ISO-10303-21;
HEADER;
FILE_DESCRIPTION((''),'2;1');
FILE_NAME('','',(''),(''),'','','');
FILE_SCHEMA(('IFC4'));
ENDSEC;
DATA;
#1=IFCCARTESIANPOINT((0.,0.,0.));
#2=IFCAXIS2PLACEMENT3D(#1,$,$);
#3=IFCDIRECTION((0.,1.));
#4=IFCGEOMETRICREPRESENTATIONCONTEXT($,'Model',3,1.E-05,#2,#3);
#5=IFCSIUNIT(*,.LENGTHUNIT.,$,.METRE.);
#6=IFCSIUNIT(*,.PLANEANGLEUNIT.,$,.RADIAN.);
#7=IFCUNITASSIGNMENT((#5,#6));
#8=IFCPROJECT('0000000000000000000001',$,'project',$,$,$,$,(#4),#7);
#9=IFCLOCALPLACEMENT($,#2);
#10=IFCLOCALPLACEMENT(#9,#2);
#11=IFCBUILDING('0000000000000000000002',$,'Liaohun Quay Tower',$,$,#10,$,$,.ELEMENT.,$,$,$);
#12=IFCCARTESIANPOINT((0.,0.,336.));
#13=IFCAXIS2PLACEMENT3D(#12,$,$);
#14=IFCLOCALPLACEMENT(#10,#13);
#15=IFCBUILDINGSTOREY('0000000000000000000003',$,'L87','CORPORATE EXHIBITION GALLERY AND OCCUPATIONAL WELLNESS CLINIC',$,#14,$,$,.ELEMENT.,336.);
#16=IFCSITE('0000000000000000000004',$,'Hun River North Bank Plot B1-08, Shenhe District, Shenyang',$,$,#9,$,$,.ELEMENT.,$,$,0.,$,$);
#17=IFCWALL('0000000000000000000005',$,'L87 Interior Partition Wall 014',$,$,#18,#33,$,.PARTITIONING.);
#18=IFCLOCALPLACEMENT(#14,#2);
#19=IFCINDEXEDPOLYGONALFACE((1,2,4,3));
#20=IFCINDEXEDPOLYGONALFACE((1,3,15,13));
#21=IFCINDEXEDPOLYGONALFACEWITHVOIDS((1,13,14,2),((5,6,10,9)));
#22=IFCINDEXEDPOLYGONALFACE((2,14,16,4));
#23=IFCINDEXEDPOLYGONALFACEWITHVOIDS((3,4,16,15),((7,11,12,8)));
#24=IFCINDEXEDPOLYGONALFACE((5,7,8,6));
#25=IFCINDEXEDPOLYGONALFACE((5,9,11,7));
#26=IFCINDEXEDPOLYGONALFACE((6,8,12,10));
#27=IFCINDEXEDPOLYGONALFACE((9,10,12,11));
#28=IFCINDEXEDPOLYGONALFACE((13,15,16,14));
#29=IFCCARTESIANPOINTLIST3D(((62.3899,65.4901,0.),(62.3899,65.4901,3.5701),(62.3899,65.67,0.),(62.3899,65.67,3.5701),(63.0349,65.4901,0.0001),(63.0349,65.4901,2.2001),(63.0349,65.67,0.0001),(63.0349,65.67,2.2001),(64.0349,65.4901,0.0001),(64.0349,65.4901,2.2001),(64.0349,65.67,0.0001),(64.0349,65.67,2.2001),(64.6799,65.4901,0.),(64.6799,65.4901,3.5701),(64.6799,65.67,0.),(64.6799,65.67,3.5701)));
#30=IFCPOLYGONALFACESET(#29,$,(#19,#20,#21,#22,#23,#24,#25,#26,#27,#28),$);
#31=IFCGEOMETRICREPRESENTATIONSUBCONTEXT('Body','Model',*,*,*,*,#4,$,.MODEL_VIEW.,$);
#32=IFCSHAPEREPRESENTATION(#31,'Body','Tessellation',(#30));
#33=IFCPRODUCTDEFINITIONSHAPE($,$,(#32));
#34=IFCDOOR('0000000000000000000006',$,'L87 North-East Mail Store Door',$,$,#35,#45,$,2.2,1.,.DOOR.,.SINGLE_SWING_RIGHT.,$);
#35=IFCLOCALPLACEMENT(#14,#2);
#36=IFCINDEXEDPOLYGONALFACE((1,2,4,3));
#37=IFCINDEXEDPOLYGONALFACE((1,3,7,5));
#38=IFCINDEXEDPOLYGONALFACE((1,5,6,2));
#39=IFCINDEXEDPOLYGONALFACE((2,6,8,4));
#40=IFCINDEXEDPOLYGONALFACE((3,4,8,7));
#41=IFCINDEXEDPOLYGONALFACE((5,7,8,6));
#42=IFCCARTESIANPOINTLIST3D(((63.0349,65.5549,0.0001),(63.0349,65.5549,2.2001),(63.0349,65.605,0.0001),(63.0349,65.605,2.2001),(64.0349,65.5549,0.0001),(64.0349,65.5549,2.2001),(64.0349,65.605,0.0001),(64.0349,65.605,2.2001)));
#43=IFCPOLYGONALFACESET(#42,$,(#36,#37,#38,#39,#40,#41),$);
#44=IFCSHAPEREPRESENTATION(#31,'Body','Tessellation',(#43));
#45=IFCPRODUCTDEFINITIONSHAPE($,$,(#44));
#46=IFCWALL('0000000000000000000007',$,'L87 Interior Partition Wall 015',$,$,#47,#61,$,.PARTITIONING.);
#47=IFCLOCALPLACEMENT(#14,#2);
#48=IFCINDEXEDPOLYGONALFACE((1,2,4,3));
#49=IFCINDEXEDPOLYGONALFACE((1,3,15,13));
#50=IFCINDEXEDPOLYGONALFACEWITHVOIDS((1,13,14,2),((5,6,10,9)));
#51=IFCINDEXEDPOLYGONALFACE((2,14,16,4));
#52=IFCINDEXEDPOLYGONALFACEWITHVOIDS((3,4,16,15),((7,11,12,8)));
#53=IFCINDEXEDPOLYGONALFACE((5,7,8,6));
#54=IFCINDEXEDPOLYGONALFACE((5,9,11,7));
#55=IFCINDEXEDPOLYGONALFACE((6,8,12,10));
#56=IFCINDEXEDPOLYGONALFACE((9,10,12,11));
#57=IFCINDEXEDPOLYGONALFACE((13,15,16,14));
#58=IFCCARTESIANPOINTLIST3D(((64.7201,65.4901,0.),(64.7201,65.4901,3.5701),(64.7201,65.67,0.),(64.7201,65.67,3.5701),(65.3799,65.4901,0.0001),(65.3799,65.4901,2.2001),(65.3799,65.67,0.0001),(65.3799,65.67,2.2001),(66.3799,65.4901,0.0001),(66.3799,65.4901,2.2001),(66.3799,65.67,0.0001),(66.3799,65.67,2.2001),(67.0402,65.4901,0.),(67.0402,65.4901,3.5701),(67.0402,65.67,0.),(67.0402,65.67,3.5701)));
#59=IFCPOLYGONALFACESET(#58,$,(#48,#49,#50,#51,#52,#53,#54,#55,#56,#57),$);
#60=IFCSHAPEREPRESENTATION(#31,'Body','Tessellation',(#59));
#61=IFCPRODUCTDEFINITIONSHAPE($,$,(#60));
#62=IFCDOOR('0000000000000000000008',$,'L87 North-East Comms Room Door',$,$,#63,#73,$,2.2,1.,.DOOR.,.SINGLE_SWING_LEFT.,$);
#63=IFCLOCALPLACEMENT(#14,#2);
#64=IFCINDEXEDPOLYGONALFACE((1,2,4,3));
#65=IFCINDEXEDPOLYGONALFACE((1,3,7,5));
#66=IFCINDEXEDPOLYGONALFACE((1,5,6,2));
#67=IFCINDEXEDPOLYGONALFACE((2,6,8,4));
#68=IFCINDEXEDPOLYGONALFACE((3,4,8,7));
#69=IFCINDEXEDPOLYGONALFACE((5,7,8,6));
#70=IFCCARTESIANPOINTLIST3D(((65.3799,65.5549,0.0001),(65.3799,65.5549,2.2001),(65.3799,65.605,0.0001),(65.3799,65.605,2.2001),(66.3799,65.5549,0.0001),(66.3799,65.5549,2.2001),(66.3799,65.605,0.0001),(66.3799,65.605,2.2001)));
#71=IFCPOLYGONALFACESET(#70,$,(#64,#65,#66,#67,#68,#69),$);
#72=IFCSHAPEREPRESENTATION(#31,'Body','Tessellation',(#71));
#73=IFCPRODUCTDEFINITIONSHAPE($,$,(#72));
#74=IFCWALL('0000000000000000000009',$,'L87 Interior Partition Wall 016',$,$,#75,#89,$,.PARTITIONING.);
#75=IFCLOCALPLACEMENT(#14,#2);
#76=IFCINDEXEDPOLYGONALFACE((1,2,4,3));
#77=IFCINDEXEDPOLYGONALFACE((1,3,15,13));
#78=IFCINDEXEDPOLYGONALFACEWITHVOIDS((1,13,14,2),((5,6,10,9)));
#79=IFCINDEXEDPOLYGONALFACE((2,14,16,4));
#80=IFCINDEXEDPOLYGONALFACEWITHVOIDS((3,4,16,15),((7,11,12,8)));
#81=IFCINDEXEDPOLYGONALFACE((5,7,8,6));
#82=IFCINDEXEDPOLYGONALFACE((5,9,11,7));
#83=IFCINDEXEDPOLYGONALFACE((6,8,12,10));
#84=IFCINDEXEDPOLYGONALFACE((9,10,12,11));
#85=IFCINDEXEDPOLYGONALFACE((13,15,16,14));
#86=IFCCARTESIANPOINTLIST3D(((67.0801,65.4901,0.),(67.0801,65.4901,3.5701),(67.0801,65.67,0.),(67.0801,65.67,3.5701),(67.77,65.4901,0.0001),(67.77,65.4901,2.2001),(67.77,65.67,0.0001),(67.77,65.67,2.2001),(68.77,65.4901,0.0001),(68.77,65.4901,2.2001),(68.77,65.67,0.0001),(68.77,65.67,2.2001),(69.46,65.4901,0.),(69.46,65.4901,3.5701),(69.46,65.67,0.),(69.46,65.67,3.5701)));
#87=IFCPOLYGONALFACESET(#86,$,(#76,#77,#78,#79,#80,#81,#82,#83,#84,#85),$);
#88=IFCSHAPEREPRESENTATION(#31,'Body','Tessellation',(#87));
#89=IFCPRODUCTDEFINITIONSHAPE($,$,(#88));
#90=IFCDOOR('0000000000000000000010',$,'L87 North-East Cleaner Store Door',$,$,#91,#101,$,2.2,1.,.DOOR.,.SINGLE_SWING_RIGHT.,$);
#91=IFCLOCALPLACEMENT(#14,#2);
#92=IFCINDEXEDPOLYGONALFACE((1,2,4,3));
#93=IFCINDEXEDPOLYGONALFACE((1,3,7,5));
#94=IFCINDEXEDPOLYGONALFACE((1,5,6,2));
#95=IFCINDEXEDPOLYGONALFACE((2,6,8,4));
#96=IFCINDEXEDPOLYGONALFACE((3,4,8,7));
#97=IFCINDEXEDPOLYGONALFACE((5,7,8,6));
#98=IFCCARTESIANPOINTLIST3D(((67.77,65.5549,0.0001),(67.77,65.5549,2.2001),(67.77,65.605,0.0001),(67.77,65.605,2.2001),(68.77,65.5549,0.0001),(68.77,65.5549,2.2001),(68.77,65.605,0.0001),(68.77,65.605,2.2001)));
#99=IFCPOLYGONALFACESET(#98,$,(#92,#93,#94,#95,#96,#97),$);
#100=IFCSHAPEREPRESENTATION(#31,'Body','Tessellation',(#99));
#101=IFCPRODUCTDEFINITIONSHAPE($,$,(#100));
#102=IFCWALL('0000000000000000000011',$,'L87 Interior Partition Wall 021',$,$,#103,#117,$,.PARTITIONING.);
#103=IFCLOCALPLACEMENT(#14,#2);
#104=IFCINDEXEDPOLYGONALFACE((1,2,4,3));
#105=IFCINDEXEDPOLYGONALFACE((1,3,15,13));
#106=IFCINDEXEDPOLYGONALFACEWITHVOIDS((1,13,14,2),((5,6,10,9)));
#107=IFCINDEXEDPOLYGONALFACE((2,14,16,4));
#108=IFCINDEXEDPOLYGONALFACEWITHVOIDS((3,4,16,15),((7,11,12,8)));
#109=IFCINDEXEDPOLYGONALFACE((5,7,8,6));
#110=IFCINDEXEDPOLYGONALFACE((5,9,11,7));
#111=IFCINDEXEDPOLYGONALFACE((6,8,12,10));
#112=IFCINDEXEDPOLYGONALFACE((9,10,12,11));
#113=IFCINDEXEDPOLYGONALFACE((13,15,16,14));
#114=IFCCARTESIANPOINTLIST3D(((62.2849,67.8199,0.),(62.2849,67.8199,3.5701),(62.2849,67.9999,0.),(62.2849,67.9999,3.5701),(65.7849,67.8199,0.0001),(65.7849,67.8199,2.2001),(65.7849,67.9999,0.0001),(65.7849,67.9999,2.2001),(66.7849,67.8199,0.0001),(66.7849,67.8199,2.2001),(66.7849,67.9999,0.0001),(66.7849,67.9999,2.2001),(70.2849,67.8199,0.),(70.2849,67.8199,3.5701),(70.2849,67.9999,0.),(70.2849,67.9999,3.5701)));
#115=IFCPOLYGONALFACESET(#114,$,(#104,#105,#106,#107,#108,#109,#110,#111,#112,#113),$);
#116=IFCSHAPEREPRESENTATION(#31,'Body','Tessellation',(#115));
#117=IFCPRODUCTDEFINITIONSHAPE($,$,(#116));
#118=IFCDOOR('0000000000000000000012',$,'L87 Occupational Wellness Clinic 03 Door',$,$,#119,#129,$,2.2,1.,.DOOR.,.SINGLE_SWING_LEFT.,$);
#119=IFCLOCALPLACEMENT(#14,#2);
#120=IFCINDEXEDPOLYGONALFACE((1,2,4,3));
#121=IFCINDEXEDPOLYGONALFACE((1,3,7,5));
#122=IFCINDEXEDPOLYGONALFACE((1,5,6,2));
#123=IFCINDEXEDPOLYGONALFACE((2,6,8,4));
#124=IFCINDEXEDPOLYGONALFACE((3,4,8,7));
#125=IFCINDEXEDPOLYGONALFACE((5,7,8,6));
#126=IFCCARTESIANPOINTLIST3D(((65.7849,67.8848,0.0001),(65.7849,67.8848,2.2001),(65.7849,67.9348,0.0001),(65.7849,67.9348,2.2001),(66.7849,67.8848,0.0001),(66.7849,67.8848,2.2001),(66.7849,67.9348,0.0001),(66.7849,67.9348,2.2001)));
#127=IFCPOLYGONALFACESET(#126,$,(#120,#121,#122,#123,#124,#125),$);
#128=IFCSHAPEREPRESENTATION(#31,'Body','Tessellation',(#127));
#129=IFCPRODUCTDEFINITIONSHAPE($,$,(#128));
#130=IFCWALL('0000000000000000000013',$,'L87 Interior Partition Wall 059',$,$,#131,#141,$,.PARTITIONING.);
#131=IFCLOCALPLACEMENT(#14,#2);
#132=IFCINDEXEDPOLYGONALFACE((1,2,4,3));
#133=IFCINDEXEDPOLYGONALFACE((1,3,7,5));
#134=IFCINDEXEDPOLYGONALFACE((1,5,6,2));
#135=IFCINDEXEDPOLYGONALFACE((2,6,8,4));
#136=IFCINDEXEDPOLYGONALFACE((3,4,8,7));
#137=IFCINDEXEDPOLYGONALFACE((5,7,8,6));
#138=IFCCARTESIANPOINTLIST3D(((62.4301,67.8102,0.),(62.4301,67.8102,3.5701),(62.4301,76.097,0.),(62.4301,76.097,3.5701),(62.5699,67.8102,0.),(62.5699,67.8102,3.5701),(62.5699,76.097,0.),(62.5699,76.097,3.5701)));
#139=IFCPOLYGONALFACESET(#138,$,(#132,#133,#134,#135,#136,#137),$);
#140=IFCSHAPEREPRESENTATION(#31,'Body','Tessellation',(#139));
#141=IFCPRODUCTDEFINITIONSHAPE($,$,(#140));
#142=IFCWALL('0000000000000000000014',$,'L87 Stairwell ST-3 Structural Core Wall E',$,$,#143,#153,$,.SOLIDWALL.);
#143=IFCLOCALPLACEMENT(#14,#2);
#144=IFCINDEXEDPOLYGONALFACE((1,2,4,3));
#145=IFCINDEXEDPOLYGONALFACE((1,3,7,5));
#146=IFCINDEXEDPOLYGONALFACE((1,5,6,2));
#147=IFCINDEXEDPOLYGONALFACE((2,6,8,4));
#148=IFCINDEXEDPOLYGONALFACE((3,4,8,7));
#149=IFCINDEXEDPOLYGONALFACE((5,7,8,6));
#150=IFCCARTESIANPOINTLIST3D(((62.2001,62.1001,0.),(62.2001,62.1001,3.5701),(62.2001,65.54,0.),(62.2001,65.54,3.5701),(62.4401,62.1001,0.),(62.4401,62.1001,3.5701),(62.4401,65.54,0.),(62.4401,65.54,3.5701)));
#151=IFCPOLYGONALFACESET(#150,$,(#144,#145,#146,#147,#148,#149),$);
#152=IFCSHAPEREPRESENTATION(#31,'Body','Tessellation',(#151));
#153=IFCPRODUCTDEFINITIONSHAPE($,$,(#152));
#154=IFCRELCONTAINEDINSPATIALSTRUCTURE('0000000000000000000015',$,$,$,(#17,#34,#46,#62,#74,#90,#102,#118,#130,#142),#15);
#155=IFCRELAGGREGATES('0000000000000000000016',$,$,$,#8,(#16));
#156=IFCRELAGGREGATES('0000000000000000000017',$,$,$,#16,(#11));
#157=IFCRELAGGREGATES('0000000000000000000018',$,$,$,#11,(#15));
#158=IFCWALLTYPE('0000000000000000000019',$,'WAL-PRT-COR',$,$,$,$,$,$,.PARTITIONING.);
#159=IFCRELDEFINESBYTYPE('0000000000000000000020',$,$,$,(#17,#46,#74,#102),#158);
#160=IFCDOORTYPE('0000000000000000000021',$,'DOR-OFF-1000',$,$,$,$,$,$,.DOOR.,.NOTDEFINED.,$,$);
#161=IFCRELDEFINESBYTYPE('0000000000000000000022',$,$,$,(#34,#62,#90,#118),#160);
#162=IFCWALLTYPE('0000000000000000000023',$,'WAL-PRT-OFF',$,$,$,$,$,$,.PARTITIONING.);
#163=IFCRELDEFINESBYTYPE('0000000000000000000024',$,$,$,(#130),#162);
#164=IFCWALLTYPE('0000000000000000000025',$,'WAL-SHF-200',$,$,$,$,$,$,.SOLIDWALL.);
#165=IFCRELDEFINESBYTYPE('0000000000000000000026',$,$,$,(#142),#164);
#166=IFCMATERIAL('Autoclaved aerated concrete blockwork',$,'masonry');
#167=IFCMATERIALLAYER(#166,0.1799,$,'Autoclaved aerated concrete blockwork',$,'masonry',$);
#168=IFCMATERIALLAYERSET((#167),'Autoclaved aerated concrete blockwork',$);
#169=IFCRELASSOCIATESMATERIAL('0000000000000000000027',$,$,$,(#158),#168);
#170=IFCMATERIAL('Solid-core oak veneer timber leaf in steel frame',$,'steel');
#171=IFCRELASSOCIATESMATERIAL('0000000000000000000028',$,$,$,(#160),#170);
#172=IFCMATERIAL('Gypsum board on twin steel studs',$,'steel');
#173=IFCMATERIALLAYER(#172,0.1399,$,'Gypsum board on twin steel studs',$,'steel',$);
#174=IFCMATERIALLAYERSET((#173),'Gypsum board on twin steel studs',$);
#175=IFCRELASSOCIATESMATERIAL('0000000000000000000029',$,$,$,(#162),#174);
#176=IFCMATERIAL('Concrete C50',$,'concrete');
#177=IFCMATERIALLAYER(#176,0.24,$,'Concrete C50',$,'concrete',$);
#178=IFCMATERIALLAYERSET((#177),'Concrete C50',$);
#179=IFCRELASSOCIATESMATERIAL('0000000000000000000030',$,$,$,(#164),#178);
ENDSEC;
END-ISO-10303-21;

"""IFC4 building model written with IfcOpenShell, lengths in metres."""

from ifc_helpers import new_model, si_unit, direction, frame, frame_2d, origin, place, context, subcontext, project, spatial, rectangle, extrude, source, transform, mapped, material, layer, layer_set, type_object, element, fill, save


model = new_model("IFC4")

# Units and contexts
model_context = context("Model", 3, precision=1e-05, world=origin(), true_north=direction((0.0, 1.0)))
body_context = subcontext(model_context, "Body", "Model", "MODEL_VIEW")
ifc_project = project(units=[si_unit("LENGTHUNIT", "METRE"), si_unit("PLANEANGLEUNIT", "RADIAN")], contexts=[model_context])

# Site, building, storey
site_placement = place(None, origin())
site = spatial("IfcSite", under=ifc_project, at=site_placement, Name="Hun River North Bank Plot B1-08, Shenhe District, Shenyang", CompositionType="ELEMENT", RefElevation=0.0)
building_placement = place(site_placement, origin())
building = spatial("IfcBuilding", under=site, at=building_placement, Name="Liaohun Quay Tower", CompositionType="ELEMENT")
storey_placement = place(building_placement, frame((0.0, 0.0, 336.0)))
storey = spatial("IfcBuildingStorey", under=building, at=storey_placement, Name="L87", Description="CORPORATE EXHIBITION GALLERY AND OCCUPATIONAL WELLNESS CLINIC", CompositionType="ELEMENT", Elevation=336.0)

# Shared definitions
ifc_material_1 = material(Name="Concrete C50", Category="concrete")

# Walls, openings, doors
ifc_material_2 = material(Name="Autoclaved aerated concrete blockwork", Category="masonry")
ifc_layer_1 = layer(ifc_material_2, 0.1799, Name="Autoclaved aerated concrete blockwork", Category="masonry")
ifc_layer_set_1 = layer_set([ifc_layer_1], Name="Autoclaved aerated concrete blockwork")
wall_type_1 = type_object("IfcWallType", Name="WAL-PRT-COR", PredefinedType="PARTITIONING", material=ifc_layer_set_1)
wall_1_placement = place(storey_placement, frame((62.3899, 65.5801, 0.0), z_axis=(0.0, 0.0, 1.0), x_axis=(1.0, 0.0, 0.0)))
wall_1 = element("IfcWall", 1, at=wall_1_placement, inside=storey, type_object=wall_type_1, Name="L87 Interior Partition Wall 014", PredefinedType="PARTITIONING", context=body_context, shape_type="SweptSolid", body=[
    extrude(rectangle(XDim=2.29, YDim=0.1799, at=frame_2d((1.145, 0.0))), origin(), (0.0, 0.0, 1.0), 3.5701),
])
shared_shape_1 = source(origin(), body_context, "Body", "SweptSolid", [
    extrude(rectangle(XDim=1.0, YDim=2.2, at=frame_2d((0.5, 1.1001))), frame((0.0, 0.0999, 0.0), z_axis=(0.0, -1.0, 0.0), x_axis=(1.0, 0.0, 0.0)), (0.0, 0.0, 1.0), 0.2),
])
opening_1_placement = place(wall_1_placement, frame((0.645, 0.0, 0.0)))
opening_1 = element("IfcOpeningElement", 2, at=opening_1_placement, cuts=wall_1, PredefinedType="OPENING", context=body_context, shape_type="MappedRepresentation", body=[
    mapped(shared_shape_1, transform((0.0, 0.0, 0.0), x_axis=(1.0, 0.0, 0.0), y_axis=(0.0, 1.0, 0.0), z_axis=(0.0, 0.0, 1.0), scale=1.0)),
])
ifc_material_3 = material(Name="Solid-core oak veneer timber leaf in steel frame", Category="steel")
door_type_1 = type_object("IfcDoorType", Name="DOR-OFF-1000", OperationType="NOTDEFINED", PredefinedType="DOOR", material=ifc_material_3)
shared_shape_2 = source(origin(), body_context, "Body", "SweptSolid", [
    extrude(rectangle(XDim=1.0, YDim=2.2, at=frame_2d((0.5, 1.1001))), frame((0.0, 0.0249, 0.0), z_axis=(0.0, -1.0, 0.0), x_axis=(1.0, 0.0, 0.0)), (0.0, 0.0, 1.0), 0.05),
])
door_1_placement = place(opening_1_placement, origin())
door_1 = element("IfcDoor", 3, at=door_1_placement, inside=storey, type_object=door_type_1, Name="L87 North-East Mail Store Door", OperationType="SINGLE_SWING_RIGHT", OverallHeight=2.2, OverallWidth=1.0, PredefinedType="DOOR", context=body_context, shape_type="MappedRepresentation", body=[
    mapped(shared_shape_2, transform((0.0, 0.0, 0.0), x_axis=(1.0, 0.0, 0.0), y_axis=(0.0, 1.0, 0.0), z_axis=(0.0, 0.0, 1.0), scale=1.0)),
])
fill(opening_1, door_1)
wall_2_placement = place(storey_placement, frame((64.72, 65.5801, 0.0), z_axis=(0.0, 0.0, 1.0), x_axis=(1.0, 0.0, 0.0)))
wall_2 = element("IfcWall", 4, at=wall_2_placement, inside=storey, type_object=wall_type_1, Name="L87 Interior Partition Wall 015", PredefinedType="PARTITIONING", context=body_context, shape_type="SweptSolid", body=[
    extrude(rectangle(XDim=2.3201, YDim=0.1799, at=frame_2d((1.1602, 0.0))), origin(), (0.0, 0.0, 1.0), 3.5701),
])
opening_2_placement = place(wall_2_placement, frame((0.6599, 0.0, 0.0)))
opening_2 = element("IfcOpeningElement", 5, at=opening_2_placement, cuts=wall_2, PredefinedType="OPENING", context=body_context, shape_type="MappedRepresentation", body=[
    mapped(shared_shape_1, transform((0.0, 0.0, 0.0), x_axis=(1.0, 0.0, 0.0), y_axis=(0.0, 1.0, 0.0), z_axis=(0.0, 0.0, 1.0), scale=1.0)),
])
door_2_placement = place(opening_2_placement, origin())
door_2 = element("IfcDoor", 6, at=door_2_placement, inside=storey, type_object=door_type_1, Name="L87 North-East Comms Room Door", OperationType="SINGLE_SWING_LEFT", OverallHeight=2.2, OverallWidth=1.0, PredefinedType="DOOR", context=body_context, shape_type="MappedRepresentation", body=[
    mapped(shared_shape_2, transform((0.0, 0.0, 0.0), x_axis=(1.0, 0.0, 0.0), y_axis=(0.0, 1.0, 0.0), z_axis=(0.0, 0.0, 1.0), scale=1.0)),
])
fill(opening_2, door_2)
wall_3_placement = place(storey_placement, frame((67.0801, 65.5801, 0.0), z_axis=(0.0, 0.0, 1.0), x_axis=(1.0, 0.0, 0.0)))
wall_3 = element("IfcWall", 7, at=wall_3_placement, inside=storey, type_object=wall_type_1, Name="L87 Interior Partition Wall 016", PredefinedType="PARTITIONING", context=body_context, shape_type="SweptSolid", body=[
    extrude(rectangle(XDim=2.3799, YDim=0.1799, at=frame_2d((1.1899, 0.0))), origin(), (0.0, 0.0, 1.0), 3.5701),
])
opening_3_placement = place(wall_3_placement, frame((0.6899, 0.0, 0.0)))
opening_3 = element("IfcOpeningElement", 8, at=opening_3_placement, cuts=wall_3, PredefinedType="OPENING", context=body_context, shape_type="MappedRepresentation", body=[
    mapped(shared_shape_1, transform((0.0, 0.0, 0.0), x_axis=(1.0, 0.0, 0.0), y_axis=(0.0, 1.0, 0.0), z_axis=(0.0, 0.0, 1.0), scale=1.0)),
])
door_3_placement = place(opening_3_placement, origin())
door_3 = element("IfcDoor", 9, at=door_3_placement, inside=storey, type_object=door_type_1, Name="L87 North-East Cleaner Store Door", OperationType="SINGLE_SWING_RIGHT", OverallHeight=2.2, OverallWidth=1.0, PredefinedType="DOOR", context=body_context, shape_type="MappedRepresentation", body=[
    mapped(shared_shape_2, transform((0.0, 0.0, 0.0), x_axis=(1.0, 0.0, 0.0), y_axis=(0.0, 1.0, 0.0), z_axis=(0.0, 0.0, 1.0), scale=1.0)),
])
fill(opening_3, door_3)
wall_4_placement = place(storey_placement, frame((62.2849, 67.9099, 0.0), z_axis=(0.0, 0.0, 1.0), x_axis=(1.0, 0.0, 0.0)))
wall_4 = element("IfcWall", 10, at=wall_4_placement, inside=storey, type_object=wall_type_1, Name="L87 Interior Partition Wall 021", PredefinedType="PARTITIONING", context=body_context, shape_type="SweptSolid", body=[
    extrude(rectangle(XDim=8.0, YDim=0.1799, at=frame_2d((4.0, 0.0))), origin(), (0.0, 0.0, 1.0), 3.5701),
])
opening_4_placement = place(wall_4_placement, frame((3.5, 0.0, 0.0)))
opening_4 = element("IfcOpeningElement", 11, at=opening_4_placement, cuts=wall_4, PredefinedType="OPENING", context=body_context, shape_type="MappedRepresentation", body=[
    mapped(shared_shape_1, transform((0.0, 0.0, 0.0), x_axis=(1.0, 0.0, 0.0), y_axis=(0.0, 1.0, 0.0), z_axis=(0.0, 0.0, 1.0), scale=1.0)),
])
door_4_placement = place(opening_4_placement, origin())
door_4 = element("IfcDoor", 12, at=door_4_placement, inside=storey, type_object=door_type_1, Name="L87 Occupational Wellness Clinic 03 Door", OperationType="SINGLE_SWING_LEFT", OverallHeight=2.2, OverallWidth=1.0, PredefinedType="DOOR", context=body_context, shape_type="MappedRepresentation", body=[
    mapped(shared_shape_2, transform((0.0, 0.0, 0.0), x_axis=(1.0, 0.0, 0.0), y_axis=(0.0, 1.0, 0.0), z_axis=(0.0, 0.0, 1.0), scale=1.0)),
])
fill(opening_4, door_4)

# Walls
ifc_material_4 = material(Name="Gypsum board on twin steel studs", Category="steel")
ifc_layer_2 = layer(ifc_material_4, 0.1399, Name="Gypsum board on twin steel studs", Category="steel")
ifc_layer_set_2 = layer_set([ifc_layer_2], Name="Gypsum board on twin steel studs")
wall_type_2 = type_object("IfcWallType", Name="WAL-PRT-OFF", PredefinedType="PARTITIONING", material=ifc_layer_set_2)
wall_5_placement = place(storey_placement, frame((62.5, 67.8101, 0.0), z_axis=(0.0, 0.0, 1.0), x_axis=(0.0, 1.0, 0.0)))
element("IfcWall", 13, at=wall_5_placement, inside=storey, type_object=wall_type_2, Name="L87 Interior Partition Wall 059", PredefinedType="PARTITIONING", context=body_context, shape_type="SweptSolid", body=[
    extrude(rectangle(XDim=8.2869, YDim=0.1399, at=frame_2d((4.1436, 0.0))), origin(), (0.0, 0.0, 1.0), 3.5701),
])
ifc_layer_3 = layer(ifc_material_1, 0.24, Name="Concrete C50", Category="concrete")
ifc_layer_set_3 = layer_set([ifc_layer_3], Name="Concrete C50")
wall_type_3 = type_object("IfcWallType", Name="WAL-SHF-200", PredefinedType="SOLIDWALL", material=ifc_layer_set_3)
wall_6_placement = place(storey_placement, frame((62.3201, 62.1001, 0.0), z_axis=(0.0, 0.0, 1.0), x_axis=(0.0, 1.0, 0.0)))
element("IfcWall", 14, at=wall_6_placement, inside=storey, type_object=wall_type_3, Name="L87 Stairwell ST-3 Structural Core Wall E", PredefinedType="SOLIDWALL", context=body_context, shape_type="SweptSolid", body=[
    extrude(rectangle(XDim=3.4399, YDim=0.24, at=frame_2d((1.72, 0.0))), origin(), (0.0, 0.0, 1.0), 3.5701),
])

save(model, "model.ifc")
